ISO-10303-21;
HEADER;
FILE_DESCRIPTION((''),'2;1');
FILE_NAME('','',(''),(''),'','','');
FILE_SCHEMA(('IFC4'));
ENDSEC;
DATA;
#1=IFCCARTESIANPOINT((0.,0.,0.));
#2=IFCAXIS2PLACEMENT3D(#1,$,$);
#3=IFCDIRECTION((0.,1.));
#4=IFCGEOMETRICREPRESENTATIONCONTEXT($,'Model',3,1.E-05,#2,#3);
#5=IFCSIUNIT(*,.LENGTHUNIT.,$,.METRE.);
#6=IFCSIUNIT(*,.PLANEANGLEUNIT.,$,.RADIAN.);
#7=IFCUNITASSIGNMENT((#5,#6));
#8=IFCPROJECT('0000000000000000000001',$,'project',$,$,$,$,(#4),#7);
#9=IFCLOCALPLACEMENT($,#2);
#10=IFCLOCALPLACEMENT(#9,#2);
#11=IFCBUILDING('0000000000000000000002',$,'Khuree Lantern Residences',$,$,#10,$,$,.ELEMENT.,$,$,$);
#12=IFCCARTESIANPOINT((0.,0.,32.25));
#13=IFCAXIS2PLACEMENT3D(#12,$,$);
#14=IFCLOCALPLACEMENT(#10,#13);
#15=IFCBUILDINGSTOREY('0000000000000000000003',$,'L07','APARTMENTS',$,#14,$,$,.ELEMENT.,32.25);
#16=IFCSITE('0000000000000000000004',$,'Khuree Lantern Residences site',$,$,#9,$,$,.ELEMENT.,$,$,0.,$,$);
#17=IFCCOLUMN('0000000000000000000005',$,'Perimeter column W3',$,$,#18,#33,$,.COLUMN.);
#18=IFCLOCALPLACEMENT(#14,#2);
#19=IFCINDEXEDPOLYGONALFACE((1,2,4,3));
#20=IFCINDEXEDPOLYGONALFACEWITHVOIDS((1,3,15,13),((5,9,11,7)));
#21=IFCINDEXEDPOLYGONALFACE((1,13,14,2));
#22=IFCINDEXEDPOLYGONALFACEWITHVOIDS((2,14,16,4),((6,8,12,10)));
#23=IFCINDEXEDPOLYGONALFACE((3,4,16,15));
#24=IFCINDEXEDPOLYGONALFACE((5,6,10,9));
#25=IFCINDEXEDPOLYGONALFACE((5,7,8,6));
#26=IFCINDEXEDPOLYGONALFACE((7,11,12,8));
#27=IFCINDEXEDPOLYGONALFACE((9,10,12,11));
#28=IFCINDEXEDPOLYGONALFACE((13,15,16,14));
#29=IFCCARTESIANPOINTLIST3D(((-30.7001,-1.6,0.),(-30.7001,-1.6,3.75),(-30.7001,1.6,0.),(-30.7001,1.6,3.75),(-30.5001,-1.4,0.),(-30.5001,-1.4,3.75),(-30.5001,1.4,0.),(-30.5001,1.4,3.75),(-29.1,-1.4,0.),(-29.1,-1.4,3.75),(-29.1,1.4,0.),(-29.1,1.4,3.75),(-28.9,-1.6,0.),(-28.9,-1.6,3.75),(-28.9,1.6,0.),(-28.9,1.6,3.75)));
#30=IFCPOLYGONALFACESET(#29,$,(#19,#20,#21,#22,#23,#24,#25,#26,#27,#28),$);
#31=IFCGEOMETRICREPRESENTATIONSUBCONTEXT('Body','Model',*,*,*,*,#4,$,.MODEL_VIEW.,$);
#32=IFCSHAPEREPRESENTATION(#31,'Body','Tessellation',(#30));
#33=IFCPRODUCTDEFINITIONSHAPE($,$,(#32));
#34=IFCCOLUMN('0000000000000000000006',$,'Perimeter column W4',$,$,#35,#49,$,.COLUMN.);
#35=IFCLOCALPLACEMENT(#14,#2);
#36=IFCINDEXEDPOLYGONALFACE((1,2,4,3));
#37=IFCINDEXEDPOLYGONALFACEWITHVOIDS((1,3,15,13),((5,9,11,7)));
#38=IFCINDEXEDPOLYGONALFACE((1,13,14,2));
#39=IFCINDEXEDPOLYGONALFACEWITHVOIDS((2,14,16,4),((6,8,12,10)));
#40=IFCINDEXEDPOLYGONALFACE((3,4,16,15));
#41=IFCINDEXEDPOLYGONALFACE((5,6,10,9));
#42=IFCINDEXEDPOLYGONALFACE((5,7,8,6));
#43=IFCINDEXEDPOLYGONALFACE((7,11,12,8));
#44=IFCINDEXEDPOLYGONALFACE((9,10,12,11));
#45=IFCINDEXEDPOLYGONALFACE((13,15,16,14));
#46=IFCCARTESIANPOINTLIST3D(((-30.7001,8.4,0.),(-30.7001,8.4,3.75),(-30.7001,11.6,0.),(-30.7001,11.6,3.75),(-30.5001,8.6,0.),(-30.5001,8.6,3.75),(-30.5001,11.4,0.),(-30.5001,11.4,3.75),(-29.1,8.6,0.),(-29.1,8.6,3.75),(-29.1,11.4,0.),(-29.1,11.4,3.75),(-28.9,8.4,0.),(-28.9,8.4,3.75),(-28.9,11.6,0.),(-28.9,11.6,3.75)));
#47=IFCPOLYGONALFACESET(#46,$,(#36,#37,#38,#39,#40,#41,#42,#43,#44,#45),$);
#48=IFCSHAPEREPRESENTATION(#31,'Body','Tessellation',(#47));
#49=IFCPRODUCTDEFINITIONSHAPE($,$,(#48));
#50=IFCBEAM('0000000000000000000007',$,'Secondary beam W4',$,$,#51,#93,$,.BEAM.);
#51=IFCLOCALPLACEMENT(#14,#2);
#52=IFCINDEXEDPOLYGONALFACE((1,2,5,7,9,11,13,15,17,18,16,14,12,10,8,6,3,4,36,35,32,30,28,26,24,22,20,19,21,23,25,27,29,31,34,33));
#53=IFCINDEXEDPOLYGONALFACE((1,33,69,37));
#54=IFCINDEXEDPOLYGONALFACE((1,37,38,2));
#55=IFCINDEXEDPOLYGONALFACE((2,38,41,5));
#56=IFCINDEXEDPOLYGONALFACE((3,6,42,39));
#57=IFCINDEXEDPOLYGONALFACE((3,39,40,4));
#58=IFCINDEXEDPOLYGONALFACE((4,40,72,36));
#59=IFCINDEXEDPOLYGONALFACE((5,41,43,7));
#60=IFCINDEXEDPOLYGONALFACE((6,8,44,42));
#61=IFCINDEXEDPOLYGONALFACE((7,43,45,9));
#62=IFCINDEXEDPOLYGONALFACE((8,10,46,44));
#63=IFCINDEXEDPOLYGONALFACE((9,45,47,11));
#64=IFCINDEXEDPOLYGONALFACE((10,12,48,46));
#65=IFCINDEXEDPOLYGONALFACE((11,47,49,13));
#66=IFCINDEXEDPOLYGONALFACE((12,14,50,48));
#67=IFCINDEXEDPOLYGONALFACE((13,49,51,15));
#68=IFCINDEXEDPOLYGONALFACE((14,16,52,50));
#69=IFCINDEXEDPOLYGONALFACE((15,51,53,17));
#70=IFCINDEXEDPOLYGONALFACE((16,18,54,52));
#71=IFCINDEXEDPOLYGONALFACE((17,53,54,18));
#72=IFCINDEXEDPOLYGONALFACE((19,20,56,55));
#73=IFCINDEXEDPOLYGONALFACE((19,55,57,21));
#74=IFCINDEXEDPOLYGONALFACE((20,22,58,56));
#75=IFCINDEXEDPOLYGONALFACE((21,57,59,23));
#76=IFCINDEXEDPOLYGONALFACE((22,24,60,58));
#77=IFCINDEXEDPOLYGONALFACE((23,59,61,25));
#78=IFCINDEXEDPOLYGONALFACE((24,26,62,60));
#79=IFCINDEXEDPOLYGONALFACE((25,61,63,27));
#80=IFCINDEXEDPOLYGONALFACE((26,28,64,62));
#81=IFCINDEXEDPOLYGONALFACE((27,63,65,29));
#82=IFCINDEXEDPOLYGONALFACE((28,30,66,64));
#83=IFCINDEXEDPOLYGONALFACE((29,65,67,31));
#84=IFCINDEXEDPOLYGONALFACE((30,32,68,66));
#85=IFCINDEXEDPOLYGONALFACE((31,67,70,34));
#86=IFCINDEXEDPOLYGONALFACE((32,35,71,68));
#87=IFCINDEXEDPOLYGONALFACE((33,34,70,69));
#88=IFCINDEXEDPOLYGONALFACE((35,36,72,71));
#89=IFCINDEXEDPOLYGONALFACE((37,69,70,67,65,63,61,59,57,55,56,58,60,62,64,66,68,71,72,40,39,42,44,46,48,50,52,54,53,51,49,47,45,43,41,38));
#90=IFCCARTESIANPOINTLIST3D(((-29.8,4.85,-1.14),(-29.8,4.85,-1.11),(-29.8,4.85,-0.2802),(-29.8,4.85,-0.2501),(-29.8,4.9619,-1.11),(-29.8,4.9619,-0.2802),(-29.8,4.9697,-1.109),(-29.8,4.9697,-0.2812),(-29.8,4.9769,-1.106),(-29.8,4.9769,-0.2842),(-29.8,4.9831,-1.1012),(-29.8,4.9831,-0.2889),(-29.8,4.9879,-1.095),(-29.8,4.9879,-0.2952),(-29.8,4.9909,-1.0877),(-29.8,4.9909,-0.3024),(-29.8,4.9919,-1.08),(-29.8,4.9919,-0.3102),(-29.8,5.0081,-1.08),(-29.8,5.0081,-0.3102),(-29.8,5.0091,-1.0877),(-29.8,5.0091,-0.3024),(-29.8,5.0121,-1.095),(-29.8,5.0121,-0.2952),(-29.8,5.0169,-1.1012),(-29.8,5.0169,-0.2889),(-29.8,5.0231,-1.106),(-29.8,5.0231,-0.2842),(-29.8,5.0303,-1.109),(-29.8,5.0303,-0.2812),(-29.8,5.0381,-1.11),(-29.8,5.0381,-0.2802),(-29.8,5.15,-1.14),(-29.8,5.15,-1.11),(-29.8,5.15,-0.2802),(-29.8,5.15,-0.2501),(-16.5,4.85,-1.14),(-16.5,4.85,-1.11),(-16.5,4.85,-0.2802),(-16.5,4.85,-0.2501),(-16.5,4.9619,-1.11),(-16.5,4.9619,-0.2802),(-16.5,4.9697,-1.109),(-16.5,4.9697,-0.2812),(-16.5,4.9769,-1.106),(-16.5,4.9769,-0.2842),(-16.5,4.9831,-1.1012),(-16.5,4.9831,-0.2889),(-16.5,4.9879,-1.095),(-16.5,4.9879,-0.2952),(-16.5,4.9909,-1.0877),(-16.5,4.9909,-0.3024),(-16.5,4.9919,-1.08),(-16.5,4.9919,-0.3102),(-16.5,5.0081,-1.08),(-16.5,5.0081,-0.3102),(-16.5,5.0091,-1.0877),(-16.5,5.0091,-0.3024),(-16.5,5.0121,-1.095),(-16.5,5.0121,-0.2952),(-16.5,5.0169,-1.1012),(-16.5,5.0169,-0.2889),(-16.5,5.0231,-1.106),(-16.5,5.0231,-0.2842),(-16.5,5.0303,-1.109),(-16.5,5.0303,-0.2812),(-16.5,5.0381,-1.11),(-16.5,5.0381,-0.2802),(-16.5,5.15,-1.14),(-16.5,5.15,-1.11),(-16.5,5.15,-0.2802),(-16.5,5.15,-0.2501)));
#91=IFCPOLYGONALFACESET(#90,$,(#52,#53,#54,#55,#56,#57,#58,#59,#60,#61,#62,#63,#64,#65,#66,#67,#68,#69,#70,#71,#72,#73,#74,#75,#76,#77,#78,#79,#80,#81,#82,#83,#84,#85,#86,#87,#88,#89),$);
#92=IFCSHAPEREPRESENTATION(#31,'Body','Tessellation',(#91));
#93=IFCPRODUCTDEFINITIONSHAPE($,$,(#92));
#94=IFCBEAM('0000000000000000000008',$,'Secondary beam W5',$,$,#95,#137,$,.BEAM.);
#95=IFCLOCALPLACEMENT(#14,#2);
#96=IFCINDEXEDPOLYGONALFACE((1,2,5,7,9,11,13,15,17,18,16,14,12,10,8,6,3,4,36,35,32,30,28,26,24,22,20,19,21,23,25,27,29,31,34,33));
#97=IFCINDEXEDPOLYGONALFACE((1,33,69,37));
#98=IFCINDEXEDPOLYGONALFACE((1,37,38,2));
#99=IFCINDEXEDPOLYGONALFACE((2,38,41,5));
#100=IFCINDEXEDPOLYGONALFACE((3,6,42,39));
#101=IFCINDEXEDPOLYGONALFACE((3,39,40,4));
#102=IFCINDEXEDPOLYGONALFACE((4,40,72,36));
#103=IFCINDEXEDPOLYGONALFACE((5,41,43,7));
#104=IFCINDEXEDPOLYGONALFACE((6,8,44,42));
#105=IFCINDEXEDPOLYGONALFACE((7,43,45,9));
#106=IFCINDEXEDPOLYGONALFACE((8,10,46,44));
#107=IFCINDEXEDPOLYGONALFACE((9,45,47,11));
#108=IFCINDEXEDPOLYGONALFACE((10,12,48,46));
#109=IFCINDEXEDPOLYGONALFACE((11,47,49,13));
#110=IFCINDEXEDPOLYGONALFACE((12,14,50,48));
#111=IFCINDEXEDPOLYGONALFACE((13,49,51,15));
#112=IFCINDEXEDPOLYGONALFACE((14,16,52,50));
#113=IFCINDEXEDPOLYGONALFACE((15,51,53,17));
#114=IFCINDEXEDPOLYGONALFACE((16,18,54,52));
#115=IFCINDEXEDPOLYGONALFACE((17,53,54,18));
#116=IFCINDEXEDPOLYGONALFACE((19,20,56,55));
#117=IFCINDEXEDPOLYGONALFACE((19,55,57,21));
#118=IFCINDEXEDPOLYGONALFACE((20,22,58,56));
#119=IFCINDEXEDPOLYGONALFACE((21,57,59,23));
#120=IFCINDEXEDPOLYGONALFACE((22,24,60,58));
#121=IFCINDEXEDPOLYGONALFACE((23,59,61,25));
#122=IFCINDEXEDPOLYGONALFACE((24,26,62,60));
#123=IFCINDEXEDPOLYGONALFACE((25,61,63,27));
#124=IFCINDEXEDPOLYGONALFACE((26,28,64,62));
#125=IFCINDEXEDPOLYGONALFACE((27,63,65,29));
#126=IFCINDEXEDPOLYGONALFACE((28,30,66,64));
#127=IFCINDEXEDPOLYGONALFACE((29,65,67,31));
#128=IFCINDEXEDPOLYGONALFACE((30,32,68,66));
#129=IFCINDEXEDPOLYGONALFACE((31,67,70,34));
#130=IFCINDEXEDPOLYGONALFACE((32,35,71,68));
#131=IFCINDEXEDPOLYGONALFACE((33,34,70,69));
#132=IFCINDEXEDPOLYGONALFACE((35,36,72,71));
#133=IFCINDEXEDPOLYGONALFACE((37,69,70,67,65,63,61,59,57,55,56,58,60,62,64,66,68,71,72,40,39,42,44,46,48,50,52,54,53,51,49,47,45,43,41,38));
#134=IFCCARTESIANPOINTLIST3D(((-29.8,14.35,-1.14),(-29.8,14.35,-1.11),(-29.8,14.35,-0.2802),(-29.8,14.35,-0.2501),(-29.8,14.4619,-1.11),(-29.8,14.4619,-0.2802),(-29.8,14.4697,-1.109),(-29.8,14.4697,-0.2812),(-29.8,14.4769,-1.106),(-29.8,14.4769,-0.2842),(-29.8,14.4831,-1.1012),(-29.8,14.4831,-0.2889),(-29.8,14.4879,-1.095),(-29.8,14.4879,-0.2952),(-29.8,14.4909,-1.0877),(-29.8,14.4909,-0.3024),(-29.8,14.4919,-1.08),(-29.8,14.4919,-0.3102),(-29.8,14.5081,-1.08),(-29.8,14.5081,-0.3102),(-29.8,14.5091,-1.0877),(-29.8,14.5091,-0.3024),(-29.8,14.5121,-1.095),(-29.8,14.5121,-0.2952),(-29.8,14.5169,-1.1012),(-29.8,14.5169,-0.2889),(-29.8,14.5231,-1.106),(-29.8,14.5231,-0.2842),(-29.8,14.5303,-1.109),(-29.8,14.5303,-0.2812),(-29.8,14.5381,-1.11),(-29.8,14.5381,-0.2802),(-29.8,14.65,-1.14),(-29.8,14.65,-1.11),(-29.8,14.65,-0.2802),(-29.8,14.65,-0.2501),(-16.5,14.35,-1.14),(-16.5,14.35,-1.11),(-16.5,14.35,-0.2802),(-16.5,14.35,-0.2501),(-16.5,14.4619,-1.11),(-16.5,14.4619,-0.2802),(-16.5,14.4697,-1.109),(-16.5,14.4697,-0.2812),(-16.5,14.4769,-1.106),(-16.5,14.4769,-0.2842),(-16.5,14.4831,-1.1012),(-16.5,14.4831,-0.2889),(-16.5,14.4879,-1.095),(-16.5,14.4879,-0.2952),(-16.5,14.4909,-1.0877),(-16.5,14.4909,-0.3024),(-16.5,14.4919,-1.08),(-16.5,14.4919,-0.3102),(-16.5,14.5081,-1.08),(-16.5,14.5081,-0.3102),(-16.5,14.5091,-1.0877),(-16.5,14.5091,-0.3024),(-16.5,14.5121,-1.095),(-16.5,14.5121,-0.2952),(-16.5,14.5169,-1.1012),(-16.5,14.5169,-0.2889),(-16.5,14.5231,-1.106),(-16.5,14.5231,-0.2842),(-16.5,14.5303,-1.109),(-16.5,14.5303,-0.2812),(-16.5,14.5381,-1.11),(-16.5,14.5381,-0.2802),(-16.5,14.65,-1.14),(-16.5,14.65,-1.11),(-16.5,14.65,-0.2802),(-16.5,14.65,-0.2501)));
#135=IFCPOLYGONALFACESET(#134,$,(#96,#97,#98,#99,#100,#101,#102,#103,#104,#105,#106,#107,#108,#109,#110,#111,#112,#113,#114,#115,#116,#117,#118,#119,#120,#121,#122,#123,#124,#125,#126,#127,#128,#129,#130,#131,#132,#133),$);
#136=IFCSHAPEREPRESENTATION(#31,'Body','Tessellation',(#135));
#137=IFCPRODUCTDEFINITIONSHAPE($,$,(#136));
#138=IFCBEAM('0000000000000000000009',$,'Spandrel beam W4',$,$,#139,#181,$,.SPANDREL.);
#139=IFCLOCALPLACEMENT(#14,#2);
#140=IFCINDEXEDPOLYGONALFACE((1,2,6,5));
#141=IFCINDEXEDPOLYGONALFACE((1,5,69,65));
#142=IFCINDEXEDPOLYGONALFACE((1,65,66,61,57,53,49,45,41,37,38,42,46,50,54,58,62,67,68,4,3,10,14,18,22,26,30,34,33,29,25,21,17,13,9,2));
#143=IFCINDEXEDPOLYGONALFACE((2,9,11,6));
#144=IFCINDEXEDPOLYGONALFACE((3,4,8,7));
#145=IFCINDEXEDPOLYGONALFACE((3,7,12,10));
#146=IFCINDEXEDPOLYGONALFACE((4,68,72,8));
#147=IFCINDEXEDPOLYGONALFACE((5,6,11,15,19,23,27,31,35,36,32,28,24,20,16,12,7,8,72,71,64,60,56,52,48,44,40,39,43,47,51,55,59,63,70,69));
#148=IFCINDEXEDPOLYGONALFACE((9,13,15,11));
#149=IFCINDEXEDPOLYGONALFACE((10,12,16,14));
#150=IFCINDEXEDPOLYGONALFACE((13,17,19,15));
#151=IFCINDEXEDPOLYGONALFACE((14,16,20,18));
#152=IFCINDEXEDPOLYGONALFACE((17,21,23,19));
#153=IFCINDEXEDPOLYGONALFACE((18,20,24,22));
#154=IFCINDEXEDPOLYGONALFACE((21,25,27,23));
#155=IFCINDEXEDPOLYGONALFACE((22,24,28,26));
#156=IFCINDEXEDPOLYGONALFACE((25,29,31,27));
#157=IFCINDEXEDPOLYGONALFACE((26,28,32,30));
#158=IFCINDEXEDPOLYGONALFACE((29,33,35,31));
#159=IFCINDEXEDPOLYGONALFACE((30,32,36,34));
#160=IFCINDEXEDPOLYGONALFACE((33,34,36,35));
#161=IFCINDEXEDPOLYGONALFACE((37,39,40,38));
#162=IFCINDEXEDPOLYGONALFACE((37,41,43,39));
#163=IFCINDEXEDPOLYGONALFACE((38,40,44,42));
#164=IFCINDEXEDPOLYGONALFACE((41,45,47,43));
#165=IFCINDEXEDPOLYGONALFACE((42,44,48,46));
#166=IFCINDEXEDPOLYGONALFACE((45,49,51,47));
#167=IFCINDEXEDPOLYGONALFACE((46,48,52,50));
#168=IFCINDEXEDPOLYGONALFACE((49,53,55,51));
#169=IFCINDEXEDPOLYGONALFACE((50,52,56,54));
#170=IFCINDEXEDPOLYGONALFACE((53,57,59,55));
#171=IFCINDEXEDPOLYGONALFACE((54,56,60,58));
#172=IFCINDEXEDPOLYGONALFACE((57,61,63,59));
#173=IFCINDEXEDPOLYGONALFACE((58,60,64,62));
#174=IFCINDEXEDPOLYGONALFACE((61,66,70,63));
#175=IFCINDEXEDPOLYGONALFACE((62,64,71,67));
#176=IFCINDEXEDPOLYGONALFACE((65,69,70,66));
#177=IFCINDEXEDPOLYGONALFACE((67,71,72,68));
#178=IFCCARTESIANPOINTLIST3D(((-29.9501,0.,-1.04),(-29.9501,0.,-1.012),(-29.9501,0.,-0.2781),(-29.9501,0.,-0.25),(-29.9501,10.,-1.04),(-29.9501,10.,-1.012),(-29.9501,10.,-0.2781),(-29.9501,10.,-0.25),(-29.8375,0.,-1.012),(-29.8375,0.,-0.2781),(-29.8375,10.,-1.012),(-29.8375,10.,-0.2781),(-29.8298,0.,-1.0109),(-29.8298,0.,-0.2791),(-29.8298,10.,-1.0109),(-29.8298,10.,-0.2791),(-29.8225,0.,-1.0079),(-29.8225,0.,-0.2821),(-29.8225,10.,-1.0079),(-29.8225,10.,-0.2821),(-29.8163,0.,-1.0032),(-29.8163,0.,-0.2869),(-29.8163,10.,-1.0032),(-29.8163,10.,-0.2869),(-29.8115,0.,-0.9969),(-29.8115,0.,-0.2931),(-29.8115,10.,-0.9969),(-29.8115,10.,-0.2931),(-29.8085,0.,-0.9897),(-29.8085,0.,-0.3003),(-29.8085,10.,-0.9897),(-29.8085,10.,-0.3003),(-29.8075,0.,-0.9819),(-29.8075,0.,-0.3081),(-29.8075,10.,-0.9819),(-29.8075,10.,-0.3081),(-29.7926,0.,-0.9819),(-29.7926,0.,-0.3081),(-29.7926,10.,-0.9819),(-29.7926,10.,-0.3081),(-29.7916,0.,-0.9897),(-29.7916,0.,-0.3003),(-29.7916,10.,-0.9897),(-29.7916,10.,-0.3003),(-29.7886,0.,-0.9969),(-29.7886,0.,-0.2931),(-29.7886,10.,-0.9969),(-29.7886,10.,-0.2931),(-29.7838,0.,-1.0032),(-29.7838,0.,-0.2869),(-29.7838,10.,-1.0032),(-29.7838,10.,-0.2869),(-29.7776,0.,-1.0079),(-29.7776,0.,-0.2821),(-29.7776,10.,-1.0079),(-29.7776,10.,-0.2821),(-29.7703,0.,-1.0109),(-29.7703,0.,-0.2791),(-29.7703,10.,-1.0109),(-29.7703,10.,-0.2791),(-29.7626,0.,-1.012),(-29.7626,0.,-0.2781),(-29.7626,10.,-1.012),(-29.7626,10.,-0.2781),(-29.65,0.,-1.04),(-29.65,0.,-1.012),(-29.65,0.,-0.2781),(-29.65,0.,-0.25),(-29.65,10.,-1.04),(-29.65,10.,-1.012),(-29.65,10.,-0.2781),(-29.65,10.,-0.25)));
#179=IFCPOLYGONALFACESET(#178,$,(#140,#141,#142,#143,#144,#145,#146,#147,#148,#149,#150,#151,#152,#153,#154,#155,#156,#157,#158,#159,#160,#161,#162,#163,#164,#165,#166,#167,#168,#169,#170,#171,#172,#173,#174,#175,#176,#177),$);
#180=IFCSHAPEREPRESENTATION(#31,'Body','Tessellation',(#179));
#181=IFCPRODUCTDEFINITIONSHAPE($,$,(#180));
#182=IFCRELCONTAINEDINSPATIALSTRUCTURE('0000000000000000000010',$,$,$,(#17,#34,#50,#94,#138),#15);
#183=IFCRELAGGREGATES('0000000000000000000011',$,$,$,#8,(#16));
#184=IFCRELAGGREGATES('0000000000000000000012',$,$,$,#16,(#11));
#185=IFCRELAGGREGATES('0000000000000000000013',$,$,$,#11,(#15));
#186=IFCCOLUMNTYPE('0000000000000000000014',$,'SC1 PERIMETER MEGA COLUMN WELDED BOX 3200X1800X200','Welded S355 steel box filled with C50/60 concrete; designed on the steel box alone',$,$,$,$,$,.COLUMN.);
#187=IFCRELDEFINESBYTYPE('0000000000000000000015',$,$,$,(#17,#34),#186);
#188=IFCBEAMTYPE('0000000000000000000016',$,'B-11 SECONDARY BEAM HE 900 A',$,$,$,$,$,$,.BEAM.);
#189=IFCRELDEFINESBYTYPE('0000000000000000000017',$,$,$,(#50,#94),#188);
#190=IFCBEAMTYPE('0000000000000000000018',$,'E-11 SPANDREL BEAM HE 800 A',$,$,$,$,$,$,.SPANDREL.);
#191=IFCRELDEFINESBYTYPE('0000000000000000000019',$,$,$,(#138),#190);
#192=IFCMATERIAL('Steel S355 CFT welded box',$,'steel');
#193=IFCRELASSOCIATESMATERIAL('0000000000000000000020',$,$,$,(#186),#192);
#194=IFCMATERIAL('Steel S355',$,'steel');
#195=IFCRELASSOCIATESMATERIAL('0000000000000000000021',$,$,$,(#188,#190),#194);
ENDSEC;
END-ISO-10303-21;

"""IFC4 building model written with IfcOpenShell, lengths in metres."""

from ifc_helpers import new_model, si_unit, direction, frame, origin, origin_2d, place, context, subcontext, project, spatial, hollow_rectangle, i_section, extrude, material, material_profile, profile_set, type_object, element, save


model = new_model("IFC4")

# Units and contexts
model_context = context("Model", 3, precision=1e-05, world=origin(), true_north=direction((0.0, 1.0)))
body_context = subcontext(model_context, "Body", "Model", "MODEL_VIEW")
ifc_project = project(units=[si_unit("LENGTHUNIT", "METRE"), si_unit("PLANEANGLEUNIT", "RADIAN")], contexts=[model_context])

# Site, building, storey
site_placement = place(None, origin())
site = spatial("IfcSite", under=ifc_project, at=site_placement, Name="Khuree Lantern Residences site", CompositionType="ELEMENT", RefElevation=0.0)
building_placement = place(site_placement, origin())
building = spatial("IfcBuilding", under=site, at=building_placement, Name="Khuree Lantern Residences", CompositionType="ELEMENT")
storey_placement = place(building_placement, frame((0.0, 0.0, 32.25)))
storey = spatial("IfcBuildingStorey", under=building, at=storey_placement, Name="L07", Description="APARTMENTS", CompositionType="ELEMENT", Elevation=32.25)

# Columns
ifc_material_1 = material(Name="Steel S355 CFT welded box", Category="steel")
ifc_material_profile_1 = material_profile(ifc_material_1, hollow_rectangle(XDim=3.2, YDim=1.8, WallThickness=0.2, at=origin_2d()), Name="WELDED BOX 3200X1800X200")
ifc_profile_set_1 = profile_set([ifc_material_profile_1], Name="Steel S355 CFT welded box")
column_type = type_object("IfcColumnType", Name="SC1 PERIMETER MEGA COLUMN WELDED BOX 3200X1800X200", Description="Welded S355 steel box filled with C50/60 concrete; designed on the steel box alone", PredefinedType="COLUMN", material=ifc_profile_set_1)
for number, where, z_axis, x_axis, name in (
    (1, (-29.8, 0.0, 0.0), (0.0, 0.0, 1.0), (0.0, 1.0, 0.0), "Perimeter column W3"),
    (2, (-29.8, 10.0, 0.0), (0.0, 0.0, 1.0), (0.0, 1.0, 0.0), "Perimeter column W4"),
):
    element("IfcColumn", number, at=place(storey_placement, frame(where, z_axis=z_axis, x_axis=x_axis)), inside=storey, type_object=column_type, Name=name, PredefinedType="COLUMN", context=body_context, shape_type="SweptSolid", body=[
        extrude(hollow_rectangle(XDim=3.2, YDim=1.8, WallThickness=0.2, at=origin_2d()), origin(), (0.0, 0.0, 1.0), 3.75),
    ])

# Beams
ifc_material_2 = material(Name="Steel S355", Category="steel")
ifc_material_profile_2 = material_profile(ifc_material_2, i_section(OverallWidth=0.3, OverallDepth=0.8899, WebThickness=0.0161, FlangeThickness=0.03, FilletRadius=0.03, at=origin_2d()), Name="HE 900 A")
ifc_profile_set_2 = profile_set([ifc_material_profile_2], Name="Steel S355")
beam_type_1 = type_object("IfcBeamType", Name="B-11 SECONDARY BEAM HE 900 A", PredefinedType="BEAM", material=ifc_profile_set_2)
for number, where, z_axis, x_axis, name in (
    (3, (-29.8, 5.0, -0.6951), (1.0, 0.0, 0.0), (0.0, 1.0, 0.0), "Secondary beam W4"),
    (4, (-29.8, 14.5, -0.6951), (1.0, 0.0, 0.0), (0.0, 1.0, 0.0), "Secondary beam W5"),
):
    element("IfcBeam", number, at=place(storey_placement, frame(where, z_axis=z_axis, x_axis=x_axis)), inside=storey, type_object=beam_type_1, Name=name, PredefinedType="BEAM", context=body_context, shape_type="SweptSolid", body=[
        extrude(i_section(OverallWidth=0.3, OverallDepth=0.8899, WebThickness=0.0161, FlangeThickness=0.03, FilletRadius=0.03, at=origin_2d()), origin(), (0.0, 0.0, 1.0), 13.3),
    ])
ifc_material_profile_3 = material_profile(ifc_material_2, i_section(OverallWidth=0.3, OverallDepth=0.79, WebThickness=0.0149, FlangeThickness=0.0281, FilletRadius=0.03, at=origin_2d()), Name="HE 800 A")
ifc_profile_set_3 = profile_set([ifc_material_profile_3], Name="Steel S355")
beam_type_2 = type_object("IfcBeamType", Name="E-11 SPANDREL BEAM HE 800 A", PredefinedType="SPANDREL", material=ifc_profile_set_3)
for number, where, z_axis, x_axis, name in (
    (5, (-29.8, 0.0, -0.645), (0.0, 1.0, 0.0), (-1.0, 0.0, 0.0), "Spandrel beam W4"),
):
    element("IfcBeam", number, at=place(storey_placement, frame(where, z_axis=z_axis, x_axis=x_axis)), inside=storey, type_object=beam_type_2, Name=name, PredefinedType="SPANDREL", context=body_context, shape_type="SweptSolid", body=[
        extrude(i_section(OverallWidth=0.3, OverallDepth=0.79, WebThickness=0.0149, FlangeThickness=0.0281, FilletRadius=0.03, at=origin_2d()), origin(), (0.0, 0.0, 1.0), 10.0),
    ])

save(model, "model.ifc")
